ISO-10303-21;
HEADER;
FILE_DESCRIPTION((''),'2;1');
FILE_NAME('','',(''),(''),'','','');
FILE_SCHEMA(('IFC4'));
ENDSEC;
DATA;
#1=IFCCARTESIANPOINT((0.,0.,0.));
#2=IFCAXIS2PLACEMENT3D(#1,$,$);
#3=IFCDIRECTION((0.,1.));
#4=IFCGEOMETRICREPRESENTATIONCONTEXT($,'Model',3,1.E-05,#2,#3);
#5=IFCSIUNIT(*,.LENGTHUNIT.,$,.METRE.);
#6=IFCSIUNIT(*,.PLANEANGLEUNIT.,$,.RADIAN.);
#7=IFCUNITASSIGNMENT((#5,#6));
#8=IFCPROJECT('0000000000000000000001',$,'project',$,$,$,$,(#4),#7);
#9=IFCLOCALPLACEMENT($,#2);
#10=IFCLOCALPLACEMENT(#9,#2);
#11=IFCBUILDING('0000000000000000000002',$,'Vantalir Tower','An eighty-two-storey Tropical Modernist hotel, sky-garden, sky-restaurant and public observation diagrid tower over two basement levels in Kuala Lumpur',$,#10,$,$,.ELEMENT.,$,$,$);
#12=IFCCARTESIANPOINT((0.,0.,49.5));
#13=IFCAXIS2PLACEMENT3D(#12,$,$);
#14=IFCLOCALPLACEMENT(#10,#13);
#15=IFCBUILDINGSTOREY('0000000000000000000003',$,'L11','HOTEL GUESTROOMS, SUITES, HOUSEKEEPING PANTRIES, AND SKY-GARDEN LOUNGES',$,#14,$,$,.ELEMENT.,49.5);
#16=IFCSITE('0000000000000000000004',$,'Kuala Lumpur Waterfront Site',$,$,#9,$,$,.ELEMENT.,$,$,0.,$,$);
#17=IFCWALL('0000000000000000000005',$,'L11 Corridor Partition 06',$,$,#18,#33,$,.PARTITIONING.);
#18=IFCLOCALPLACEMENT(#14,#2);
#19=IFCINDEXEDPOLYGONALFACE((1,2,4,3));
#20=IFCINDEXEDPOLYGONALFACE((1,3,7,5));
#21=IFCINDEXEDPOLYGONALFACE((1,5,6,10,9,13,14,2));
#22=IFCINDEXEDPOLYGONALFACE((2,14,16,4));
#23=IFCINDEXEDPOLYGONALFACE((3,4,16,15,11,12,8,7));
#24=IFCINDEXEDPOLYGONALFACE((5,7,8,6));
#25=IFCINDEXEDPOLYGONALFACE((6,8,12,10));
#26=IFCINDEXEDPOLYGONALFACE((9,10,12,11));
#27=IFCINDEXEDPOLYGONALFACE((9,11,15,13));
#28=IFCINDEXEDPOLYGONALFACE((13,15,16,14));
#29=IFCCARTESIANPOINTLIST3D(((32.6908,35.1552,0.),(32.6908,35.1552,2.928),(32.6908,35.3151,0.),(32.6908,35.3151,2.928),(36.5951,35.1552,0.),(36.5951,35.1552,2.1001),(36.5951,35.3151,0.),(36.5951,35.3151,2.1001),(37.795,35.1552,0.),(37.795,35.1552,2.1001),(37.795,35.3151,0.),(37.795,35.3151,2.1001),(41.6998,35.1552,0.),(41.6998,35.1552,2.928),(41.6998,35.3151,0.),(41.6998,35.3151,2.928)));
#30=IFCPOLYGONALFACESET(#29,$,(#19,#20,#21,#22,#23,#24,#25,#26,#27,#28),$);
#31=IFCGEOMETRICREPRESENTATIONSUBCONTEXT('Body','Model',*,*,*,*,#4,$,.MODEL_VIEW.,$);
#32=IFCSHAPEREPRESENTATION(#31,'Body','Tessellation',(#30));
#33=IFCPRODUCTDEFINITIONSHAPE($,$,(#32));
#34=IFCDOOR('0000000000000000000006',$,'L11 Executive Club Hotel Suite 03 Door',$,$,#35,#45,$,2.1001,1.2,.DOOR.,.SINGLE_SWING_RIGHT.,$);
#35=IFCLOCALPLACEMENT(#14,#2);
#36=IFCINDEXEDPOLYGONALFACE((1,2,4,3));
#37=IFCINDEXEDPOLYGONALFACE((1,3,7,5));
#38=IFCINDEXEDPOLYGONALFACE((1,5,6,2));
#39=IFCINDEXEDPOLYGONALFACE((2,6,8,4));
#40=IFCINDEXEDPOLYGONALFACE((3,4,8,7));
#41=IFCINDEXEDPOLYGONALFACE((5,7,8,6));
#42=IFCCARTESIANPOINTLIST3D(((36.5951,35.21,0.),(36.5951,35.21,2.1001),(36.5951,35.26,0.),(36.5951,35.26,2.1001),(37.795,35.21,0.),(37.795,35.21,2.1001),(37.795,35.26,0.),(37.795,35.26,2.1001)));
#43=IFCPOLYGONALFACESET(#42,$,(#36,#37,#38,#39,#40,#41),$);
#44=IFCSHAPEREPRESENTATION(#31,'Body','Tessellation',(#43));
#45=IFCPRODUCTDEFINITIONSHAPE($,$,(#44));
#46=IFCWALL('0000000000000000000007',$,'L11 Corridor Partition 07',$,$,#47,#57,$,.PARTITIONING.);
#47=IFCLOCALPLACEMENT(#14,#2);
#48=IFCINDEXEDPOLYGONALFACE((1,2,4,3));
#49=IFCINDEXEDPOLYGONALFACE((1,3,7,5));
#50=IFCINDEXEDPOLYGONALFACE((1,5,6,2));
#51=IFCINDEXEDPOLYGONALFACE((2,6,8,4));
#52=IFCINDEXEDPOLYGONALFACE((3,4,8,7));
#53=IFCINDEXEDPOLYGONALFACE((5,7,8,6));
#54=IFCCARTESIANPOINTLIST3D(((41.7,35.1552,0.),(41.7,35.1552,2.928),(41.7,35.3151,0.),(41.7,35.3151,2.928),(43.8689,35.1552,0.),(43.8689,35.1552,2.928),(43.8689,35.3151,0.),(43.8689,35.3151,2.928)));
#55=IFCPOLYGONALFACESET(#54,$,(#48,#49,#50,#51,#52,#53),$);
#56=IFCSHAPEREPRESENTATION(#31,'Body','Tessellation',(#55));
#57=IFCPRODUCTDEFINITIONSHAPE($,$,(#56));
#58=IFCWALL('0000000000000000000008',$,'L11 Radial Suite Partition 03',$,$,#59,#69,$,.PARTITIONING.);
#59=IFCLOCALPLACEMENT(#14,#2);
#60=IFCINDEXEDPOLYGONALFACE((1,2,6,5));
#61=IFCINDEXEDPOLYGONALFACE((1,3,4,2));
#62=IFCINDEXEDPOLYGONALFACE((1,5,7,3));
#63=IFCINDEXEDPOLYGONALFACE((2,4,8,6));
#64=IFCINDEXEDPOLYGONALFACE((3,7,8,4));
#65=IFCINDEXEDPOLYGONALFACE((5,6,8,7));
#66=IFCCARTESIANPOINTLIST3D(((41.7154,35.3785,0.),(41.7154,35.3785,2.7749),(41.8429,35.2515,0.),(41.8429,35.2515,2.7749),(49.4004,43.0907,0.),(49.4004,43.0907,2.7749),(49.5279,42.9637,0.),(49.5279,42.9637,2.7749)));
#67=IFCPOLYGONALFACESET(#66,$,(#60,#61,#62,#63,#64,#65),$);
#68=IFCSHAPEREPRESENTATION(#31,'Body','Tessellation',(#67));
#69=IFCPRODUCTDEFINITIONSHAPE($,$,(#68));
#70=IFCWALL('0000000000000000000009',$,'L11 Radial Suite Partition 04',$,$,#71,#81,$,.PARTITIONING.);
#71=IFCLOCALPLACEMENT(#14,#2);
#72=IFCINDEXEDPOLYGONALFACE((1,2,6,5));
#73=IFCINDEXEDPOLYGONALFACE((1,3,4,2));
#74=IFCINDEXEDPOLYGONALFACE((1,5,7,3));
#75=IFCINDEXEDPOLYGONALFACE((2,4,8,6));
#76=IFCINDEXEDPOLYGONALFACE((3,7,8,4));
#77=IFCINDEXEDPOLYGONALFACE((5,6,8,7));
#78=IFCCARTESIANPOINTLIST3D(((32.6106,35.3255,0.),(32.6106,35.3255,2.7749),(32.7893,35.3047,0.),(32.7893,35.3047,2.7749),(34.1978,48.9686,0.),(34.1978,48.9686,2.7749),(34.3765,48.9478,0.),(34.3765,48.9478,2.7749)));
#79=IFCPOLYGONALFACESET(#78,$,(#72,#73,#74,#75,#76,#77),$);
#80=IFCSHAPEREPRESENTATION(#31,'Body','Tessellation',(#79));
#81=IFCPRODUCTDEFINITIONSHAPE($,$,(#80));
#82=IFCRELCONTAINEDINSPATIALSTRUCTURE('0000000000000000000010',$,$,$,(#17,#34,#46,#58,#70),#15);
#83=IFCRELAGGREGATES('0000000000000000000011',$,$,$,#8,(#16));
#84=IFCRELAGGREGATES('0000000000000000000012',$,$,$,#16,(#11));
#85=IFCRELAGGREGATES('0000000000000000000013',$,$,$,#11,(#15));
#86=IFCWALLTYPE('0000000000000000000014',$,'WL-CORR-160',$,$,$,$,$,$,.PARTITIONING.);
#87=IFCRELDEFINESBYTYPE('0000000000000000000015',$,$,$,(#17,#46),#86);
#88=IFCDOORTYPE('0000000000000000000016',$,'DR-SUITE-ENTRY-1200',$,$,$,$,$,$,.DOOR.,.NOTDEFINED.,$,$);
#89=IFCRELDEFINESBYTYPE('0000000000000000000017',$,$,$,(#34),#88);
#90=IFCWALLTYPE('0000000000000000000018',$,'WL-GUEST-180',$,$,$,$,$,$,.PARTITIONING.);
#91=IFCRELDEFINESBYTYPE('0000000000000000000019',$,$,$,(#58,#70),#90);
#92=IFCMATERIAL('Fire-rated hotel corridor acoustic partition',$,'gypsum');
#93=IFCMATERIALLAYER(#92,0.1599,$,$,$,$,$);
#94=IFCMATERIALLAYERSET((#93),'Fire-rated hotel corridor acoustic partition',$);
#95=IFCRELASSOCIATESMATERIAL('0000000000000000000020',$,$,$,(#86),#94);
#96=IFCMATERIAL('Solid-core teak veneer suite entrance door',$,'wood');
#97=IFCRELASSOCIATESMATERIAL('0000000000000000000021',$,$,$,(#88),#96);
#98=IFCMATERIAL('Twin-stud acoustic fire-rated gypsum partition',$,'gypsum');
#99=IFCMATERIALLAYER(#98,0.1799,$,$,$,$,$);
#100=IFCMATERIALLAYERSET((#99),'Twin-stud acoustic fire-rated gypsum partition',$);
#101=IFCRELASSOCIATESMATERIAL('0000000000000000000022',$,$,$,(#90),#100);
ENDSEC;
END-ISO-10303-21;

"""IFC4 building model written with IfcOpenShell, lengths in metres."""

from ifc_helpers import new_model, si_unit, direction, frame, frame_2d, origin, place, context, subcontext, project, spatial, rectangle, extrude, material, layer, layer_set, type_object, element, fill, save


model = new_model("IFC4")

# Units and contexts
model_context = context("Model", 3, precision=1e-05, world=origin(), true_north=direction((0.0, 1.0)))
body_context = subcontext(model_context, "Body", "Model", "MODEL_VIEW")
ifc_project = project(units=[si_unit("LENGTHUNIT", "METRE"), si_unit("PLANEANGLEUNIT", "RADIAN")], contexts=[model_context])

# Site, building, storey
site_placement = place(None, origin())
site = spatial("IfcSite", under=ifc_project, at=site_placement, Name="Kuala Lumpur Waterfront Site", CompositionType="ELEMENT", RefElevation=0.0)
building_placement = place(site_placement, origin())
building = spatial("IfcBuilding", under=site, at=building_placement, Name="Vantalir Tower", Description="An eighty-two-storey Tropical Modernist hotel, sky-garden, sky-restaurant and public observation diagrid tower over two basement levels in Kuala Lumpur", CompositionType="ELEMENT")
storey_placement = place(building_placement, frame((0.0, 0.0, 49.5)))
storey = spatial("IfcBuildingStorey", under=building, at=storey_placement, Name="L11", Description="HOTEL GUESTROOMS, SUITES, HOUSEKEEPING PANTRIES, AND SKY-GARDEN LOUNGES", CompositionType="ELEMENT", Elevation=49.5)

# Wall, opening, door
ifc_material_1 = material(Name="Fire-rated hotel corridor acoustic partition", Category="gypsum")
ifc_layer_1 = layer(ifc_material_1, 0.1599)
ifc_layer_set_1 = layer_set([ifc_layer_1], Name="Fire-rated hotel corridor acoustic partition")
wall_type_1 = type_object("IfcWallType", Name="WL-CORR-160", PredefinedType="PARTITIONING", material=ifc_layer_set_1)
wall_1_placement = place(storey_placement, frame((32.6909, 35.2351, 0.0), z_axis=(0.0, 0.0, 1.0), x_axis=(1.0, 0.0, 0.0)))
wall_1 = element("IfcWall", 1, at=wall_1_placement, inside=storey, type_object=wall_type_1, Name="L11 Corridor Partition 06", PredefinedType="PARTITIONING", context=body_context, shape_type="SweptSolid", body=[
    extrude(rectangle(XDim=9.009, YDim=0.1599, at=frame_2d((4.5044, 0.0))), origin(), (0.0, 0.0, 1.0), 2.928),
])
opening_1_placement = place(wall_1_placement, frame((3.9041, 0.0, 0.0)))
opening_1 = element("IfcOpeningElement", 2, at=opening_1_placement, cuts=wall_1, PredefinedType="OPENING", context=body_context, shape_type="SweptSolid", body=[
    extrude(rectangle(XDim=1.2, YDim=2.1001, at=frame_2d((0.6001, 1.05))), frame((0.0, 0.0898, 0.0), z_axis=(0.0, -1.0, 0.0), x_axis=(1.0, 0.0, 0.0)), (0.0, 0.0, 1.0), 0.1799),
])
ifc_material_2 = material(Name="Solid-core teak veneer suite entrance door", Category="wood")
door_type_1 = type_object("IfcDoorType", Name="DR-SUITE-ENTRY-1200", OperationType="NOTDEFINED", PredefinedType="DOOR", material=ifc_material_2)
door_1_placement = place(opening_1_placement, origin())
door_1 = element("IfcDoor", 3, at=door_1_placement, inside=storey, type_object=door_type_1, Name="L11 Executive Club Hotel Suite 03 Door", OperationType="SINGLE_SWING_RIGHT", OverallHeight=2.1001, OverallWidth=1.2, PredefinedType="DOOR", context=body_context, shape_type="SweptSolid", body=[
    extrude(rectangle(XDim=1.2, YDim=2.1001, at=frame_2d((0.6001, 1.05))), frame((0.0, 0.0249, 0.0), z_axis=(0.0, -1.0, 0.0), x_axis=(1.0, 0.0, 0.0)), (0.0, 0.0, 1.0), 0.05),
])
fill(opening_1, door_1)

# Walls
wall_2_placement = place(storey_placement, frame((41.7, 35.2351, 0.0), z_axis=(0.0, 0.0, 1.0), x_axis=(1.0, 0.0, 0.0)))
element("IfcWall", 4, at=wall_2_placement, inside=storey, type_object=wall_type_1, Name="L11 Corridor Partition 07", PredefinedType="PARTITIONING", context=body_context, shape_type="SweptSolid", body=[
    extrude(rectangle(XDim=2.1689, YDim=0.1599, at=frame_2d((1.0845, 0.0))), origin(), (0.0, 0.0, 1.0), 2.928),
])
ifc_material_3 = material(Name="Twin-stud acoustic fire-rated gypsum partition", Category="gypsum")
ifc_layer_2 = layer(ifc_material_3, 0.1799)
ifc_layer_set_2 = layer_set([ifc_layer_2], Name="Twin-stud acoustic fire-rated gypsum partition")
wall_type_2 = type_object("IfcWallType", Name="WL-GUEST-180", PredefinedType="PARTITIONING", material=ifc_layer_set_2)
wall_3_placement = place(storey_placement, frame((41.7791, 35.3149, 0.0), z_axis=(0.0, 0.0, 1.0), x_axis=(0.705861, 0.70835, 0.0)))
element("IfcWall", 5, at=wall_3_placement, inside=storey, type_object=wall_type_2, Name="L11 Radial Suite Partition 03", PredefinedType="PARTITIONING", context=body_context, shape_type="SweptSolid", body=[
    extrude(rectangle(XDim=10.8875, YDim=0.1799, at=frame_2d((5.4438, 0.0))), origin(), (0.0, 0.0, 1.0), 2.7749),
])
wall_4_placement = place(storey_placement, frame((32.7, 35.3149, 0.0), z_axis=(0.0, 0.0, 1.0), x_axis=(0.115555, 0.993301, 0.0)))
element("IfcWall", 6, at=wall_4_placement, inside=storey, type_object=wall_type_2, Name="L11 Radial Suite Partition 04", PredefinedType="PARTITIONING", context=body_context, shape_type="SweptSolid", body=[
    extrude(rectangle(XDim=13.7351, YDim=0.1799, at=frame_2d((6.8677, 0.0))), origin(), (0.0, 0.0, 1.0), 2.7749),
])

save(model, "model.ifc")
